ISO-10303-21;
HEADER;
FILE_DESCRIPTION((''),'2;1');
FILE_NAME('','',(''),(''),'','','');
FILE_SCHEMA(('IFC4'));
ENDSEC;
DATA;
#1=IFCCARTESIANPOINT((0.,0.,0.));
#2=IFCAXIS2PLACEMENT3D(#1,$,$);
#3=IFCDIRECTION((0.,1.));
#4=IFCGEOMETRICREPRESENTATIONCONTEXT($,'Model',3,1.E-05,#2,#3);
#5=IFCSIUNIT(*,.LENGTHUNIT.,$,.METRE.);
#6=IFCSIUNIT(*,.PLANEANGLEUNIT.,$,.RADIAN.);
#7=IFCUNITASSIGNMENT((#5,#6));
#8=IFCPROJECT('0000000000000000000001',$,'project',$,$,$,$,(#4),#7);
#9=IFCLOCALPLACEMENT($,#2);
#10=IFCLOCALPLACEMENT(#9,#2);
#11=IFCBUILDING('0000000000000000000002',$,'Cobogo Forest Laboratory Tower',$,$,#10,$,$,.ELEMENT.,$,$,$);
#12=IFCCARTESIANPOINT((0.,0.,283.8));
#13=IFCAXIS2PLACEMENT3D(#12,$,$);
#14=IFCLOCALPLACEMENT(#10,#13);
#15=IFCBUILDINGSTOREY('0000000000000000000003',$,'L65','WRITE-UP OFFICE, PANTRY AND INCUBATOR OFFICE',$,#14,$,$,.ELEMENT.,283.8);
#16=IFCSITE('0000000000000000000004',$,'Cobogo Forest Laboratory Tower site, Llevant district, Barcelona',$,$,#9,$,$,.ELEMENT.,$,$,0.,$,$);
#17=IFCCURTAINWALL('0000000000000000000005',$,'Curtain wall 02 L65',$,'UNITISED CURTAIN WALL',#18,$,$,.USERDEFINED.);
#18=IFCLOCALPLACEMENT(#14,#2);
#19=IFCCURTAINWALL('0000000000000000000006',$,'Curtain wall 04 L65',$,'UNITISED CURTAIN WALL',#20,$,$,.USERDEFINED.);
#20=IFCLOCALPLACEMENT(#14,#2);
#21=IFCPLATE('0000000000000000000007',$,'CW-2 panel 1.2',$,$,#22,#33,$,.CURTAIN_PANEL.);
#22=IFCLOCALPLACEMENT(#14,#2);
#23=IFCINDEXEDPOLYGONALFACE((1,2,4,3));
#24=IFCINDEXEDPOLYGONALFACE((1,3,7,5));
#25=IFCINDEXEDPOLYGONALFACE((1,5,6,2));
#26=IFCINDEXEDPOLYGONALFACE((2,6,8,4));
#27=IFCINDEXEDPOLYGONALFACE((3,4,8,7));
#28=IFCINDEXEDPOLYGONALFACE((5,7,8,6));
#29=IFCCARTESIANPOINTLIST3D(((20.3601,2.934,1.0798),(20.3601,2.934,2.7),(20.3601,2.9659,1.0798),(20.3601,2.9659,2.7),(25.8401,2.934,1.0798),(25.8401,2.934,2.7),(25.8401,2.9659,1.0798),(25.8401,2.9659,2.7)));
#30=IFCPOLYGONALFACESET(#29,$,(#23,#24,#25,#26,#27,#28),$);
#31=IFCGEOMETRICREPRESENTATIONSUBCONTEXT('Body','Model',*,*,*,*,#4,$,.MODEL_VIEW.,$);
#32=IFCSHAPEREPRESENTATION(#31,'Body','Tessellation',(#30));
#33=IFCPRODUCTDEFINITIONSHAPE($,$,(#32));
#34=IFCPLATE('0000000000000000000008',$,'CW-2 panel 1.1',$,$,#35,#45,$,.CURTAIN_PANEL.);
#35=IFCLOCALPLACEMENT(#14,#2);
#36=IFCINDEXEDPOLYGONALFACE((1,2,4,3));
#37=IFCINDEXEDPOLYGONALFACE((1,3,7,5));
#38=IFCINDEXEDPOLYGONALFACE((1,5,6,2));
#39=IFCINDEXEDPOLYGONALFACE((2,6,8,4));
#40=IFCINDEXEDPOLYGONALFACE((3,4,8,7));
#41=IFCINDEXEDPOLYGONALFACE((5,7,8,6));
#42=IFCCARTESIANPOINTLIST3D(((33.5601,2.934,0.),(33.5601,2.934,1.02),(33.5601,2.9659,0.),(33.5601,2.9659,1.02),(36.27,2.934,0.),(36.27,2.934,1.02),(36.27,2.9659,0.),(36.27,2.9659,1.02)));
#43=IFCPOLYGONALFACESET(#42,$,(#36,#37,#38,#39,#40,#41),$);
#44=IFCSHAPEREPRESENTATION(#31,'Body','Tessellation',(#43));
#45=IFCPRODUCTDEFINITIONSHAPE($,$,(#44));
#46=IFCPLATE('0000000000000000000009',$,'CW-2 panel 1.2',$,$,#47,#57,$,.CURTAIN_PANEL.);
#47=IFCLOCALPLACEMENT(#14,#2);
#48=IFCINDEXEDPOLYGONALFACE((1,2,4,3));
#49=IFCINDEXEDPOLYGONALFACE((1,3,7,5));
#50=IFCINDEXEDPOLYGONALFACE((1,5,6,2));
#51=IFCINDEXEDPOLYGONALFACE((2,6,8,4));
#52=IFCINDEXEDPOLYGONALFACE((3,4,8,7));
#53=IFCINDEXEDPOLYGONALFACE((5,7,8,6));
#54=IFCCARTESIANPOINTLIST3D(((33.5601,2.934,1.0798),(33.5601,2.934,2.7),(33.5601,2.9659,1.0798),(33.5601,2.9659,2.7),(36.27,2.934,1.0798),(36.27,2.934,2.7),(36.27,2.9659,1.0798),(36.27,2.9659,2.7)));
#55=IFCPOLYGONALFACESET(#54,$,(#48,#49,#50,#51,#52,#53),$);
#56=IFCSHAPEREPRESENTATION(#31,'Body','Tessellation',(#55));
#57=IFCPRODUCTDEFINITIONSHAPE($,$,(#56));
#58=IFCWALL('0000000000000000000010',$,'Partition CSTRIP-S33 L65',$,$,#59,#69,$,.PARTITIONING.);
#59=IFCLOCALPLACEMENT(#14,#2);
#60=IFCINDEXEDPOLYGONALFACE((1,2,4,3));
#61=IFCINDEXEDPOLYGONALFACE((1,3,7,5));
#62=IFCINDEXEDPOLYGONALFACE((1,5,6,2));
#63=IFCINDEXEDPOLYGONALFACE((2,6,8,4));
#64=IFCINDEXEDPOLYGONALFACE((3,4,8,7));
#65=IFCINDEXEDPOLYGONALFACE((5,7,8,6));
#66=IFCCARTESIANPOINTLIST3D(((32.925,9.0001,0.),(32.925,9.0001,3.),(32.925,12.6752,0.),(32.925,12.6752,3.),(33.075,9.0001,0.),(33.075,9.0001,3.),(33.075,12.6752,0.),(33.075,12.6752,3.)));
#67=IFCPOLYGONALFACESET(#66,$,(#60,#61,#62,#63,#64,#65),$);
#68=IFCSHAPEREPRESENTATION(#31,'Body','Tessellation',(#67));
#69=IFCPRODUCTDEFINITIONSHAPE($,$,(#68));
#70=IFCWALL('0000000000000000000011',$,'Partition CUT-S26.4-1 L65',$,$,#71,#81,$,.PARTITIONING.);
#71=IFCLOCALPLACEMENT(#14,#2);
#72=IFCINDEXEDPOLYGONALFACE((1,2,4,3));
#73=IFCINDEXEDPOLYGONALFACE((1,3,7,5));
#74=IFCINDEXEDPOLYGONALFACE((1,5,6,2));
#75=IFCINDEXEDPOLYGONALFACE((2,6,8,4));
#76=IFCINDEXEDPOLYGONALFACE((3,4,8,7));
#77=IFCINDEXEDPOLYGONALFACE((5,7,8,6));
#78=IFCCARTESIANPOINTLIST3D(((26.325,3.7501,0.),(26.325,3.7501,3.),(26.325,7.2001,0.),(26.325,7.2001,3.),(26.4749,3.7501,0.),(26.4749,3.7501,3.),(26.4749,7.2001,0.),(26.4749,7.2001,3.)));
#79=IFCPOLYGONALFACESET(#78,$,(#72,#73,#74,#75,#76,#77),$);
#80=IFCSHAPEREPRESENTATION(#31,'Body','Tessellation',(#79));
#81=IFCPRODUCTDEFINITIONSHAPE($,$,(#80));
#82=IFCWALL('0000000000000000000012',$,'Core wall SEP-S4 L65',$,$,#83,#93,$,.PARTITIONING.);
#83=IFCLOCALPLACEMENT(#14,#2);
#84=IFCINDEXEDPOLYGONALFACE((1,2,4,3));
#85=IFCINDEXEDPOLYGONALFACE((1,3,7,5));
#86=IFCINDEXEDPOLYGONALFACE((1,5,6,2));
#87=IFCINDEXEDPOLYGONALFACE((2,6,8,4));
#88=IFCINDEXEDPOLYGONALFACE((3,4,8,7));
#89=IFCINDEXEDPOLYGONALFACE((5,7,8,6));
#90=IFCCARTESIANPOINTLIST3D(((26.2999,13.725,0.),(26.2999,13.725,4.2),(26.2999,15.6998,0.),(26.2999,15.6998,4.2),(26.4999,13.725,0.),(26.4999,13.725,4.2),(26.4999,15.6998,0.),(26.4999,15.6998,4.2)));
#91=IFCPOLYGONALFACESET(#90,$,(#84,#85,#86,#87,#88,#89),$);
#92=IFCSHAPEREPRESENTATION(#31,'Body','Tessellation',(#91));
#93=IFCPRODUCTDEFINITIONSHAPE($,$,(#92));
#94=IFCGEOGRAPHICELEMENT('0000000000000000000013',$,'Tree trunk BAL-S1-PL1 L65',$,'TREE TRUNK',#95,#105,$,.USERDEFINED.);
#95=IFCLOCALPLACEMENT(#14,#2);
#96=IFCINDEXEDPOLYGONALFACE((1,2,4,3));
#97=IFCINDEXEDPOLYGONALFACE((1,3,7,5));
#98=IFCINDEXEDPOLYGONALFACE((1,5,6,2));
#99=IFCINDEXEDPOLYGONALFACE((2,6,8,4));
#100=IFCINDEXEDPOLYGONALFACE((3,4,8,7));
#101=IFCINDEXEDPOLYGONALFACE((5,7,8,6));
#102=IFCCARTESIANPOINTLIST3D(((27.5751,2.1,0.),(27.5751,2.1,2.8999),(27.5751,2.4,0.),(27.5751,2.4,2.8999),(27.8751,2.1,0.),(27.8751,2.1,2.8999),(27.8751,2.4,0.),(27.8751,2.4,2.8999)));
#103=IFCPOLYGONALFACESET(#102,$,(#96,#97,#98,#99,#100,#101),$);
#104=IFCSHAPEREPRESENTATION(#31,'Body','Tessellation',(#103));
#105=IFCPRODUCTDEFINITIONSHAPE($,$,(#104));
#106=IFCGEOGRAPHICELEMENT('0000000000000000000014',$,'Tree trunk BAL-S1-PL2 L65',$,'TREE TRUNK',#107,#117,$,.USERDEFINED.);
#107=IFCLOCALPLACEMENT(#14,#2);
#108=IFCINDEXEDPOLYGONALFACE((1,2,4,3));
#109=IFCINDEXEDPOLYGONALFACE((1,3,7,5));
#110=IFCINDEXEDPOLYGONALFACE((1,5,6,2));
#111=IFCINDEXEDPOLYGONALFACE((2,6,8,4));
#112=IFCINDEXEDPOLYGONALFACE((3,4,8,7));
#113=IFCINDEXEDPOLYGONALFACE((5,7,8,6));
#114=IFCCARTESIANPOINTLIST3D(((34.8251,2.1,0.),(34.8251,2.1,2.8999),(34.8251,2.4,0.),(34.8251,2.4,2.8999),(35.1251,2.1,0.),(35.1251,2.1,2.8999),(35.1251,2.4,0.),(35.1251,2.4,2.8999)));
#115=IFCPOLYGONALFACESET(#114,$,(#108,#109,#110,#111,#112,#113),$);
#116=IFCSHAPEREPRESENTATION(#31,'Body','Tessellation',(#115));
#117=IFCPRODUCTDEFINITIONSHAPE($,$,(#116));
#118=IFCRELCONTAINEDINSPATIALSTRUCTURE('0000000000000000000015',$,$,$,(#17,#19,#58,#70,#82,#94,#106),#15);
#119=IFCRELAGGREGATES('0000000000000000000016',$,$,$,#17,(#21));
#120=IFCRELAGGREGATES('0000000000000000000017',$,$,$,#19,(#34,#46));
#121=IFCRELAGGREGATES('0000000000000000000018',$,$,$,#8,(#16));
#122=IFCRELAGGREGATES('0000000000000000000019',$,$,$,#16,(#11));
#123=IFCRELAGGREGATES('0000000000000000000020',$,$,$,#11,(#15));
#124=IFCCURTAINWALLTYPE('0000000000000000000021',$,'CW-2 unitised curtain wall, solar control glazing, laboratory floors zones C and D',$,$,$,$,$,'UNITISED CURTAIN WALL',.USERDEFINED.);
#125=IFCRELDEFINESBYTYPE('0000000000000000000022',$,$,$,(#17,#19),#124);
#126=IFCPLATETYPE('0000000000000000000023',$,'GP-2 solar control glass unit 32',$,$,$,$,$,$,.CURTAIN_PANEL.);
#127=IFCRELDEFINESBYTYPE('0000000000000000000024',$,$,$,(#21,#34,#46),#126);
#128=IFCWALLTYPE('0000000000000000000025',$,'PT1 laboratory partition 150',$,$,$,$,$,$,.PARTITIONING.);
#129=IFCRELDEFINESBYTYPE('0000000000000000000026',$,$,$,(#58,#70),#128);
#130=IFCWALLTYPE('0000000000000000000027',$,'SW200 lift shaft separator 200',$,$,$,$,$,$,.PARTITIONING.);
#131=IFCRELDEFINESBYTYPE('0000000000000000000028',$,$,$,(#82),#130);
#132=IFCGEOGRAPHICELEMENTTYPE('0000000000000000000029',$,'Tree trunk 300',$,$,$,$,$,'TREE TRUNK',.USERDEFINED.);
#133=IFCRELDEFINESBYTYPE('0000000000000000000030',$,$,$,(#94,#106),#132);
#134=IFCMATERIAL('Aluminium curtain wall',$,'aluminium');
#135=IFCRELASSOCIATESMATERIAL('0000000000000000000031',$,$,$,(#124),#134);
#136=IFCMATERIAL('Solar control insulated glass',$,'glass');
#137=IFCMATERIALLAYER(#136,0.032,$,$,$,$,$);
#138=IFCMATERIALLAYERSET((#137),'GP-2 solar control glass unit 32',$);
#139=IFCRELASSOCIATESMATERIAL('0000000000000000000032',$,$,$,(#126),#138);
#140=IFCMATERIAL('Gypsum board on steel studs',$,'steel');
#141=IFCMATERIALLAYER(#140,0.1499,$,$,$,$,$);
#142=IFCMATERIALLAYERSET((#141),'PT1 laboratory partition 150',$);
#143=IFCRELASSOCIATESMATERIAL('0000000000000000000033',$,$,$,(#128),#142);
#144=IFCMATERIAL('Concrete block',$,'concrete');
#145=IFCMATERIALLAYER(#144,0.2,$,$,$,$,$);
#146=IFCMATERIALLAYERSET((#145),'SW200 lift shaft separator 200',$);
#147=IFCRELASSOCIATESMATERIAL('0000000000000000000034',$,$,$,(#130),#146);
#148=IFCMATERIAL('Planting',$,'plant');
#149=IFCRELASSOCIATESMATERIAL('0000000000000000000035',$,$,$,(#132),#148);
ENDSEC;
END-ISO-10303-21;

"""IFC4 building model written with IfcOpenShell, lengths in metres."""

from ifc_helpers import new_model, si_unit, direction, frame, frame_2d, origin, origin_2d, place, context, subcontext, project, spatial, rectangle, extrude, material, layer, layer_set, type_object, element, aggregate, save


model = new_model("IFC4")

# Units and contexts
model_context = context("Model", 3, precision=1e-05, world=origin(), true_north=direction((0.0, 1.0)))
body_context = subcontext(model_context, "Body", "Model", "MODEL_VIEW")
ifc_project = project(units=[si_unit("LENGTHUNIT", "METRE"), si_unit("PLANEANGLEUNIT", "RADIAN")], contexts=[model_context])

# Site, building, storey
site_placement = place(None, origin())
site = spatial("IfcSite", under=ifc_project, at=site_placement, Name="Cobogo Forest Laboratory Tower site, Llevant district, Barcelona", CompositionType="ELEMENT", RefElevation=0.0)
building_placement = place(site_placement, origin())
building = spatial("IfcBuilding", under=site, at=building_placement, Name="Cobogo Forest Laboratory Tower", CompositionType="ELEMENT")
storey_placement = place(building_placement, frame((0.0, 0.0, 283.8)))
storey = spatial("IfcBuildingStorey", under=building, at=storey_placement, Name="L65", Description="WRITE-UP OFFICE, PANTRY AND INCUBATOR OFFICE", CompositionType="ELEMENT", Elevation=283.8)

# Curtain walls
ifc_material_1 = material(Name="Aluminium curtain wall", Category="aluminium")
curtain_wall_type = type_object("IfcCurtainWallType", Name="CW-2 unitised curtain wall, solar control glazing, laboratory floors zones C and D", ElementType="UNITISED CURTAIN WALL", PredefinedType="USERDEFINED", material=ifc_material_1)
curtain_wall_1_placement = place(storey_placement, origin())
curtain_wall_1 = element("IfcCurtainWall", 1, at=curtain_wall_1_placement, inside=storey, type_object=curtain_wall_type, Name="Curtain wall 02 L65", ObjectType="UNITISED CURTAIN WALL", PredefinedType="USERDEFINED")
curtain_wall_2_placement = place(storey_placement, origin())
curtain_wall_2 = element("IfcCurtainWall", 2, at=curtain_wall_2_placement, inside=storey, type_object=curtain_wall_type, Name="Curtain wall 04 L65", ObjectType="UNITISED CURTAIN WALL", PredefinedType="USERDEFINED")

# Plates
ifc_material_2 = material(Name="Solar control insulated glass", Category="glass")
ifc_layer_1 = layer(ifc_material_2, 0.032)
ifc_layer_set_1 = layer_set([ifc_layer_1], Name="GP-2 solar control glass unit 32")
plate_type = type_object("IfcPlateType", Name="GP-2 solar control glass unit 32", PredefinedType="CURTAIN_PANEL", material=ifc_layer_set_1)
plate_1_placement = place(storey_placement, frame((23.1001, 2.95, 1.0798), z_axis=(0.0, 0.0, 1.0), x_axis=(1.0, 0.0, 0.0)))
plate_1 = element("IfcPlate", 3, at=plate_1_placement, type_object=plate_type, Name="CW-2 panel 1.2", PredefinedType="CURTAIN_PANEL", context=body_context, shape_type="SweptSolid", body=[
    extrude(rectangle(XDim=5.48, YDim=0.032, at=origin_2d()), origin(), (0.0, 0.0, 1.0), 1.6201),
])
aggregate(curtain_wall_1, [plate_1])
plate_2_placement = place(storey_placement, frame((34.915, 2.95, 0.0), z_axis=(0.0, 0.0, 1.0), x_axis=(1.0, 0.0, 0.0)))
plate_2 = element("IfcPlate", 4, at=plate_2_placement, type_object=plate_type, Name="CW-2 panel 1.1", PredefinedType="CURTAIN_PANEL", context=body_context, shape_type="SweptSolid", body=[
    extrude(rectangle(XDim=2.71, YDim=0.032, at=origin_2d()), origin(), (0.0, 0.0, 1.0), 1.02),
])
plate_3_placement = place(storey_placement, frame((34.915, 2.95, 1.0798), z_axis=(0.0, 0.0, 1.0), x_axis=(1.0, 0.0, 0.0)))
plate_3 = element("IfcPlate", 5, at=plate_3_placement, type_object=plate_type, Name="CW-2 panel 1.2", PredefinedType="CURTAIN_PANEL", context=body_context, shape_type="SweptSolid", body=[
    extrude(rectangle(XDim=2.71, YDim=0.032, at=origin_2d()), origin(), (0.0, 0.0, 1.0), 1.6201),
])
aggregate(curtain_wall_2, [plate_2, plate_3])

# Walls
ifc_material_3 = material(Name="Gypsum board on steel studs", Category="steel")
ifc_layer_2 = layer(ifc_material_3, 0.1499)
ifc_layer_set_2 = layer_set([ifc_layer_2], Name="PT1 laboratory partition 150")
wall_type_1 = type_object("IfcWallType", Name="PT1 laboratory partition 150", PredefinedType="PARTITIONING", material=ifc_layer_set_2)
wall_1_placement = place(storey_placement, frame((33.0, 12.675, 0.0), z_axis=(0.0, 0.0, 1.0), x_axis=(0.0, -1.0, 0.0)))
element("IfcWall", 6, at=wall_1_placement, inside=storey, type_object=wall_type_1, Name="Partition CSTRIP-S33 L65", PredefinedType="PARTITIONING", context=body_context, shape_type="SweptSolid", body=[
    extrude(rectangle(XDim=3.675, YDim=0.1499, at=frame_2d((1.8374, 0.0))), origin(), (0.0, 0.0, 1.0), 3.0),
])
wall_2_placement = place(storey_placement, frame((26.3999, 3.75, 0.0), z_axis=(0.0, 0.0, 1.0), x_axis=(0.0, 1.0, 0.0)))
element("IfcWall", 7, at=wall_2_placement, inside=storey, type_object=wall_type_1, Name="Partition CUT-S26.4-1 L65", PredefinedType="PARTITIONING", context=body_context, shape_type="SweptSolid", body=[
    extrude(rectangle(XDim=3.45, YDim=0.1499, at=frame_2d((1.7251, 0.0))), origin(), (0.0, 0.0, 1.0), 3.0),
])
ifc_material_4 = material(Name="Concrete block", Category="concrete")
ifc_layer_3 = layer(ifc_material_4, 0.2)
ifc_layer_set_3 = layer_set([ifc_layer_3], Name="SW200 lift shaft separator 200")
wall_type_2 = type_object("IfcWallType", Name="SW200 lift shaft separator 200", PredefinedType="PARTITIONING", material=ifc_layer_set_3)
wall_3_placement = place(storey_placement, frame((26.3999, 13.7251, 0.0), z_axis=(0.0, 0.0, 1.0), x_axis=(0.0, 1.0, 0.0)))
element("IfcWall", 8, at=wall_3_placement, inside=storey, type_object=wall_type_2, Name="Core wall SEP-S4 L65", PredefinedType="PARTITIONING", context=body_context, shape_type="SweptSolid", body=[
    extrude(rectangle(XDim=1.9749, YDim=0.2, at=frame_2d((0.9873, 0.0))), origin(), (0.0, 0.0, 1.0), 4.2),
])

# Geographic elements
ifc_material_5 = material(Name="Planting", Category="plant")
geographic_element_type = type_object("IfcGeographicElementType", Name="Tree trunk 300", ElementType="TREE TRUNK", PredefinedType="USERDEFINED", material=ifc_material_5)
for number, where, z_axis, x_axis, name in (
    (9, (27.7251, 2.25, 0.0), (0.0, 0.0, 1.0), (1.0, 0.0, 0.0), "Tree trunk BAL-S1-PL1 L65"),
    (10, (34.9751, 2.25, 0.0), (0.0, 0.0, 1.0), (1.0, 0.0, 0.0), "Tree trunk BAL-S1-PL2 L65"),
):
    element("IfcGeographicElement", number, at=place(storey_placement, frame(where, z_axis=z_axis, x_axis=x_axis)), inside=storey, type_object=geographic_element_type, Name=name, ObjectType="TREE TRUNK", PredefinedType="USERDEFINED", context=body_context, shape_type="SweptSolid", body=[
        extrude(rectangle(XDim=0.3, YDim=0.3, at=origin_2d()), origin(), (0.0, 0.0, 1.0), 2.8999),
    ])

save(model, "model.ifc")
